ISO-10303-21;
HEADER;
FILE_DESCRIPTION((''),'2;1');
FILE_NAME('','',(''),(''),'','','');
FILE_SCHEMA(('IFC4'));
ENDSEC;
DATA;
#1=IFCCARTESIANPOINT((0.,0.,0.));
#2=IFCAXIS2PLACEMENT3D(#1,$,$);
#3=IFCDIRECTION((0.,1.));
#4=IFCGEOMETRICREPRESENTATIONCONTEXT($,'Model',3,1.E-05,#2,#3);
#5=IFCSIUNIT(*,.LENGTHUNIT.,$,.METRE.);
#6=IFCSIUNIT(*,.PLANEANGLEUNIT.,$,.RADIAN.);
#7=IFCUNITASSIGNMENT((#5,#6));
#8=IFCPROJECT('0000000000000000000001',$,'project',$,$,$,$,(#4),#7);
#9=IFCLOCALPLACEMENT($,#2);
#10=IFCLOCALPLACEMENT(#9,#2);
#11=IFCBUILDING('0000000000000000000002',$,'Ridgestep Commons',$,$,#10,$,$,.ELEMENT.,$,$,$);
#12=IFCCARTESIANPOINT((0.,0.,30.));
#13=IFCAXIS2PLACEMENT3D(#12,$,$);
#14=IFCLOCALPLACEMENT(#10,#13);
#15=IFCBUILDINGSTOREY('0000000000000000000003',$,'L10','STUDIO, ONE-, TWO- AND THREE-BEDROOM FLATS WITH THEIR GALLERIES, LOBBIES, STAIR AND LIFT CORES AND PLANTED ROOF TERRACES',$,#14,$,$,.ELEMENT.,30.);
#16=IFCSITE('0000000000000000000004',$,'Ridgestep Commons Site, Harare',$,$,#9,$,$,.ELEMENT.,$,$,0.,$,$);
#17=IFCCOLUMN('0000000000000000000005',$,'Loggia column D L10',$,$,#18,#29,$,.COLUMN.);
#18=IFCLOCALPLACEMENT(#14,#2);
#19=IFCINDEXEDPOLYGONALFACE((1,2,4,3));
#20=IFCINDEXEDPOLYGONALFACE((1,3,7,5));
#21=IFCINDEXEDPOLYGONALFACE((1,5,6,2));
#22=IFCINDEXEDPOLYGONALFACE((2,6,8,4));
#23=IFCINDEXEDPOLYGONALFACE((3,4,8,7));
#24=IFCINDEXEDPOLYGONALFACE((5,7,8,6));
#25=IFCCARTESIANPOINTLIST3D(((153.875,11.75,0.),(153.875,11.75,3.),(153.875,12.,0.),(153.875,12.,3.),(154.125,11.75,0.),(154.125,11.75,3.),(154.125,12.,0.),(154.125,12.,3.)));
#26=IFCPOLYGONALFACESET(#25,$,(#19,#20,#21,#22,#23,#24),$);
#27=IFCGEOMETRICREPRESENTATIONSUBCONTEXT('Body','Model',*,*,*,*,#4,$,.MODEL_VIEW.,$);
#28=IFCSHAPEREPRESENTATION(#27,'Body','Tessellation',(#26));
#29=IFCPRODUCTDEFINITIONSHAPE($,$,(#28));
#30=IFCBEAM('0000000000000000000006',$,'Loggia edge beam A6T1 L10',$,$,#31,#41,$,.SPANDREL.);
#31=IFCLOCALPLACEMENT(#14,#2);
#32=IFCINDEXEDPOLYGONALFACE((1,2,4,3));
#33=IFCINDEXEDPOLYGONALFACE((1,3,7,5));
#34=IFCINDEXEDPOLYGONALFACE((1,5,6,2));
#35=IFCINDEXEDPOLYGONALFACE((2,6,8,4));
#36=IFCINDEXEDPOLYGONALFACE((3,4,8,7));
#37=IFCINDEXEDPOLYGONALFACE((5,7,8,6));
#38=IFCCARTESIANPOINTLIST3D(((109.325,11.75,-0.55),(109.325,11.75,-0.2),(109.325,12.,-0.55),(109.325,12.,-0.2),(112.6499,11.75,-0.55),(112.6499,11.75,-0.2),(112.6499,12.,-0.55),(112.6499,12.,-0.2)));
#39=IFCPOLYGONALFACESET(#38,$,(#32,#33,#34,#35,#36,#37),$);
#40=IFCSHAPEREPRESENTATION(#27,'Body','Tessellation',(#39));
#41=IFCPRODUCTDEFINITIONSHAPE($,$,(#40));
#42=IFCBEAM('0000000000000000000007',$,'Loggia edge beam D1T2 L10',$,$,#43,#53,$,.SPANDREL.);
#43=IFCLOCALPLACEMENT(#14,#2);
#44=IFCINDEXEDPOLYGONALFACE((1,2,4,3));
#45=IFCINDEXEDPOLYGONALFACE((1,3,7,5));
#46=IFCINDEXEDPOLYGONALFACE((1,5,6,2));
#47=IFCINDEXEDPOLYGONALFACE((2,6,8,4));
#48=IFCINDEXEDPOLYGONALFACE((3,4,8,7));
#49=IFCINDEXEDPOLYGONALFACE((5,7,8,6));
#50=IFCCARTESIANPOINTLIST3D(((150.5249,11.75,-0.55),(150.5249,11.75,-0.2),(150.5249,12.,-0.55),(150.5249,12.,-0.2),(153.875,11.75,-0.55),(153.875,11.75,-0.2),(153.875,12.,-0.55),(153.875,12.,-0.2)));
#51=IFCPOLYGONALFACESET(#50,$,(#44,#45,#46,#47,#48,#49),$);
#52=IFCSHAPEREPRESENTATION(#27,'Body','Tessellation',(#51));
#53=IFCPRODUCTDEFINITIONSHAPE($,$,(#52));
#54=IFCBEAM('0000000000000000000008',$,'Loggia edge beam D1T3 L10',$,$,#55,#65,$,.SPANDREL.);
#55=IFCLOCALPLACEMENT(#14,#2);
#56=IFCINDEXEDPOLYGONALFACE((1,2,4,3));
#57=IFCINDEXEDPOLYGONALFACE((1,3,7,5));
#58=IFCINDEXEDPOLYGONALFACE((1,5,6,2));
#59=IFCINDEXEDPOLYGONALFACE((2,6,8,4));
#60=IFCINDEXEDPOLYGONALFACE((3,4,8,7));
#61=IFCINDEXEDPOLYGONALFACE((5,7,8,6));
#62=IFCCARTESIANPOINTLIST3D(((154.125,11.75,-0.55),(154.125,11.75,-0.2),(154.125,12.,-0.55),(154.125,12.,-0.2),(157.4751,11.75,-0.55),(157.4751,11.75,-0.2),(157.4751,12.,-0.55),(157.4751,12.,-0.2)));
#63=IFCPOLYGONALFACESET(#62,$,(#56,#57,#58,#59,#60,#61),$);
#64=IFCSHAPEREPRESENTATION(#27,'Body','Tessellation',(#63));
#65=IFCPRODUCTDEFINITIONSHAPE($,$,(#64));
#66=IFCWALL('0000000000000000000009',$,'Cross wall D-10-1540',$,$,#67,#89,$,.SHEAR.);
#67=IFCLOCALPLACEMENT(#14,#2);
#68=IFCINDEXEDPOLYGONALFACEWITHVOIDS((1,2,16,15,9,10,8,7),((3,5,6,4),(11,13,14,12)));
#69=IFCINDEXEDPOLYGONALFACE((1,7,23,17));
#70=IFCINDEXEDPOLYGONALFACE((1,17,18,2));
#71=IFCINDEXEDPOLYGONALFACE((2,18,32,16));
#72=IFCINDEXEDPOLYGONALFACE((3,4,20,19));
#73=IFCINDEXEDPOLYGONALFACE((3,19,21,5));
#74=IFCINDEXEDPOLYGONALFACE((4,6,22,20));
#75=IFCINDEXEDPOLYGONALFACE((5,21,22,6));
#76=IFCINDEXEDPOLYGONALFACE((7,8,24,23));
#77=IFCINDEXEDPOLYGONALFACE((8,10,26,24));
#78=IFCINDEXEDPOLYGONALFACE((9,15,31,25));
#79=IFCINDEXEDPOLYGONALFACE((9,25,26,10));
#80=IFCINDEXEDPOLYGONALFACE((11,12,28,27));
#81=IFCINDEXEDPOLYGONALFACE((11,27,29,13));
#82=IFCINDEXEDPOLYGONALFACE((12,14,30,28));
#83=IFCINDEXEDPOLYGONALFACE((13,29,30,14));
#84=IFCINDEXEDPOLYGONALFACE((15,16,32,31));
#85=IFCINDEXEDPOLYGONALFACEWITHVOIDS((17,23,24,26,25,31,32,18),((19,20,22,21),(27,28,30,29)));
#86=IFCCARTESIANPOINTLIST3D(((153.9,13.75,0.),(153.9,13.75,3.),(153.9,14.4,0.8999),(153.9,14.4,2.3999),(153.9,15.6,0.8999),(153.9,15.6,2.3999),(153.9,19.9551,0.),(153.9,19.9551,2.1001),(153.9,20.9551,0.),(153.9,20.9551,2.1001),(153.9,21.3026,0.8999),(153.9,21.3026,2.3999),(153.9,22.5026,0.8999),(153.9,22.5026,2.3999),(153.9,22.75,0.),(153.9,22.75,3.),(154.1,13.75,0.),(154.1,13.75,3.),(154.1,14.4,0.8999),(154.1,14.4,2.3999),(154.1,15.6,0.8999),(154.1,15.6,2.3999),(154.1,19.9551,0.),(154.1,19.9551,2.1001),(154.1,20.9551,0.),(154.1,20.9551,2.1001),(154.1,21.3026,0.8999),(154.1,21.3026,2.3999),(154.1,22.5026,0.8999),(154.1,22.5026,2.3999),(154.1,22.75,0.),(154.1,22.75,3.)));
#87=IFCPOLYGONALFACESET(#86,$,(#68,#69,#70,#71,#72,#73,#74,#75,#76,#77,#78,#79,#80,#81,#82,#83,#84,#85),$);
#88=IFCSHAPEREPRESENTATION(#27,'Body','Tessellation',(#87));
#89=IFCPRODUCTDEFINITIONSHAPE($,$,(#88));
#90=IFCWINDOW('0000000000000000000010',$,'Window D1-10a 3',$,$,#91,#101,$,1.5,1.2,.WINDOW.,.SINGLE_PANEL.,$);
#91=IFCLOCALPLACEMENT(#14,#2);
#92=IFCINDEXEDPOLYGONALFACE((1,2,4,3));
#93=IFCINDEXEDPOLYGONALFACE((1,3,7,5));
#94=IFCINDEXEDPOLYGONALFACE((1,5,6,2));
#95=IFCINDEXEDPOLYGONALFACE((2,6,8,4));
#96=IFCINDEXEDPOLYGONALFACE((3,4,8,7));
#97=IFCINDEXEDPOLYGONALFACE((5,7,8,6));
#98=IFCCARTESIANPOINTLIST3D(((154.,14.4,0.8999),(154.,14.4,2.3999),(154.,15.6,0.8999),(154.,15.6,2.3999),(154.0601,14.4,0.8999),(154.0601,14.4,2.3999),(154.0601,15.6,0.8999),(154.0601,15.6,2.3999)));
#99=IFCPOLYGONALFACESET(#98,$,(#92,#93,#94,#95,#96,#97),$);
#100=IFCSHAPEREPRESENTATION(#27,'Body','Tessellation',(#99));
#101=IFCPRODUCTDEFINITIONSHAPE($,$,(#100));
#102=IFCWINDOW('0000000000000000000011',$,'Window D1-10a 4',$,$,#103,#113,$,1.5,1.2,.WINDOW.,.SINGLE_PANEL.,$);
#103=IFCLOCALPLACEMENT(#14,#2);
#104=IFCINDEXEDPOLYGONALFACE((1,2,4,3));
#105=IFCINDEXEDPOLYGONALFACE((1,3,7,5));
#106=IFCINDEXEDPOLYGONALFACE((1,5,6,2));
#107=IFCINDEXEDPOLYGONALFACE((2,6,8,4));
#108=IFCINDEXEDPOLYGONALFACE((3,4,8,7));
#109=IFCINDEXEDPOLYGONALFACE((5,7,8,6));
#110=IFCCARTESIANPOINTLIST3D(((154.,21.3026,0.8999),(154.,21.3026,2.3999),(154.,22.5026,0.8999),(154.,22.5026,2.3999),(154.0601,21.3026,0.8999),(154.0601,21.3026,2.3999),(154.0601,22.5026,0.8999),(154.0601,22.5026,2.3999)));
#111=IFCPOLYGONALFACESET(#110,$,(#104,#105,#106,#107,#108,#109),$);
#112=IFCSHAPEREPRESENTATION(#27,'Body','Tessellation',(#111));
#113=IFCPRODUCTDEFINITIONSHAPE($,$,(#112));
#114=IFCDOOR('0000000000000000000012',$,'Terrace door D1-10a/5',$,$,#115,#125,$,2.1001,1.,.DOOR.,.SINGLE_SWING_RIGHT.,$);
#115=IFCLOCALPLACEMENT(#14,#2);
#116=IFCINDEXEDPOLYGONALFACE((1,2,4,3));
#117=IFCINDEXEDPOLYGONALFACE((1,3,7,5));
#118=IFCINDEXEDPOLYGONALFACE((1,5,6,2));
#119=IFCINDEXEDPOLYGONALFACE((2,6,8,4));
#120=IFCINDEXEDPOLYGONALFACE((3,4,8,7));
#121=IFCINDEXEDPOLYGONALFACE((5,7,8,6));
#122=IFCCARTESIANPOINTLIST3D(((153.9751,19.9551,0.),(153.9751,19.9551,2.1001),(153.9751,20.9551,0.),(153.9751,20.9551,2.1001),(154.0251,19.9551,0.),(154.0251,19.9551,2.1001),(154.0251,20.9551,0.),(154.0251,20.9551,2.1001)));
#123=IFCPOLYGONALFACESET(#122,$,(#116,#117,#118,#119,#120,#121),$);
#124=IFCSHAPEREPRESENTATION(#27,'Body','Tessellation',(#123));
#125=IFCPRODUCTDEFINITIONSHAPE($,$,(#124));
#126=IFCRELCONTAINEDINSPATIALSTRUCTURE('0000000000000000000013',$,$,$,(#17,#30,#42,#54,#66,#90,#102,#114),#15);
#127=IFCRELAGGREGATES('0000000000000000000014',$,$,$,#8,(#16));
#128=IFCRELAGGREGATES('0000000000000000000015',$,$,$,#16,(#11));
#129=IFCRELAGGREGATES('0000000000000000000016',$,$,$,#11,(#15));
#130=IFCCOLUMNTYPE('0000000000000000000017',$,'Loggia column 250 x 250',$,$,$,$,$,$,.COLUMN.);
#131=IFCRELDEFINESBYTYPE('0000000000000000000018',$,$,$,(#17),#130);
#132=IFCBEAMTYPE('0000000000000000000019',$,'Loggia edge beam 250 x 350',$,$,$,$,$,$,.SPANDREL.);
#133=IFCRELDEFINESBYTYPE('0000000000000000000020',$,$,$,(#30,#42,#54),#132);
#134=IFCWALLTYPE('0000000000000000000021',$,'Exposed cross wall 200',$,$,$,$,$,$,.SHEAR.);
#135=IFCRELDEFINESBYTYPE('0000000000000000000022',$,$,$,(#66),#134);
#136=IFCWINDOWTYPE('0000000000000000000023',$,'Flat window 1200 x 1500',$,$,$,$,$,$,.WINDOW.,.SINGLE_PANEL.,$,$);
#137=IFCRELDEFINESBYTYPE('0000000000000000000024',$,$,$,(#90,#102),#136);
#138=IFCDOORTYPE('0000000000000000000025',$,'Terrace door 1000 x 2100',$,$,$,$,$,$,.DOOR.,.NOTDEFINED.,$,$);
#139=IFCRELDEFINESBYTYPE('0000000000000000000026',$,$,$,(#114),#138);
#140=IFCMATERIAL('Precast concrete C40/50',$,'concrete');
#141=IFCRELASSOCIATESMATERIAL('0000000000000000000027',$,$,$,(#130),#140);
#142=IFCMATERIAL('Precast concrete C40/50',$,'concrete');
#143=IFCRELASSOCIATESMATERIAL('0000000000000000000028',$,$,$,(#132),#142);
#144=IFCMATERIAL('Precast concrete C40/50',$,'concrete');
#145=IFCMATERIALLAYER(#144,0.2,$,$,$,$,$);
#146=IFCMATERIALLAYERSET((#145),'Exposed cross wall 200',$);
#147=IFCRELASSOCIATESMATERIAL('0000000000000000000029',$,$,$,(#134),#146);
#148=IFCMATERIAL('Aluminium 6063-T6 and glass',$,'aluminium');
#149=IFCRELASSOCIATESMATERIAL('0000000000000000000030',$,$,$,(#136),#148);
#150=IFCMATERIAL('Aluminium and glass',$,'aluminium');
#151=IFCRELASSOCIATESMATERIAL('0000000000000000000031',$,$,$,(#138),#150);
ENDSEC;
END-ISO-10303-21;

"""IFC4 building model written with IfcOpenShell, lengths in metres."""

from ifc_helpers import new_model, si_unit, direction, frame, frame_2d, origin, origin_2d, place, context, subcontext, project, spatial, rectangle, extrude, material, layer, layer_set, material_profile, profile_set, type_object, element, fill, save


model = new_model("IFC4")

# Units and contexts
model_context = context("Model", 3, precision=1e-05, world=origin(), true_north=direction((0.0, 1.0)))
body_context = subcontext(model_context, "Body", "Model", "MODEL_VIEW")
ifc_project = project(units=[si_unit("LENGTHUNIT", "METRE"), si_unit("PLANEANGLEUNIT", "RADIAN")], contexts=[model_context])

# Site, building, storey
site_placement = place(None, origin())
site = spatial("IfcSite", under=ifc_project, at=site_placement, Name="Ridgestep Commons Site, Harare", CompositionType="ELEMENT", RefElevation=0.0)
building_placement = place(site_placement, origin())
building = spatial("IfcBuilding", under=site, at=building_placement, Name="Ridgestep Commons", CompositionType="ELEMENT")
storey_placement = place(building_placement, frame((0.0, 0.0, 30.0)))
storey = spatial("IfcBuildingStorey", under=building, at=storey_placement, Name="L10", Description="STUDIO, ONE-, TWO- AND THREE-BEDROOM FLATS WITH THEIR GALLERIES, LOBBIES, STAIR AND LIFT CORES AND PLANTED ROOF TERRACES", CompositionType="ELEMENT", Elevation=30.0)

# Column
ifc_material_1 = material(Name="Precast concrete C40/50", Category="concrete")
ifc_material_profile_1 = material_profile(ifc_material_1, rectangle(XDim=0.25, YDim=0.25, at=origin_2d()), Name="PC 250x250")
ifc_profile_set_1 = profile_set([ifc_material_profile_1], Name="Precast concrete C40/50")
column_type = type_object("IfcColumnType", Name="Loggia column 250 x 250", PredefinedType="COLUMN", material=ifc_profile_set_1)
column_placement = place(storey_placement, frame((154.0, 11.875, 0.0), z_axis=(0.0, 0.0, 1.0), x_axis=(1.0, 0.0, 0.0)))
element("IfcColumn", 1, at=column_placement, inside=storey, type_object=column_type, Name="Loggia column D L10", PredefinedType="COLUMN", context=body_context, shape_type="SweptSolid", body=[
    extrude(rectangle(XDim=0.25, YDim=0.25, at=origin_2d()), origin(), (0.0, 0.0, 1.0), 3.0),
])

# Beams
ifc_material_2 = material(Name="Precast concrete C40/50", Category="concrete")
ifc_material_profile_2 = material_profile(ifc_material_2, rectangle(XDim=0.25, YDim=0.3501, at=origin_2d()), Name="PC 250x350")
ifc_profile_set_2 = profile_set([ifc_material_profile_2], Name="Precast concrete C40/50")
beam_type = type_object("IfcBeamType", Name="Loggia edge beam 250 x 350", PredefinedType="SPANDREL", material=ifc_profile_set_2)
beam_placement = place(storey_placement, frame((109.325, 11.875, -0.375), z_axis=(1.0, 0.0, 0.0), x_axis=(0.0, 1.0, 0.0)))
element("IfcBeam", 2, at=beam_placement, inside=storey, type_object=beam_type, Name="Loggia edge beam A6T1 L10", PredefinedType="SPANDREL", context=body_context, shape_type="SweptSolid", body=[
    extrude(rectangle(XDim=0.25, YDim=0.3501, at=origin_2d()), origin(), (0.0, 0.0, 1.0), 3.325),
])
for number, where, z_axis, x_axis, name in (
    (3, (150.5249, 11.875, -0.375), (1.0, 0.0, 0.0), (0.0, 1.0, 0.0), "Loggia edge beam D1T2 L10"),
    (4, (154.125, 11.875, -0.375), (1.0, 0.0, 0.0), (0.0, 1.0, 0.0), "Loggia edge beam D1T3 L10"),
):
    element("IfcBeam", number, at=place(storey_placement, frame(where, z_axis=z_axis, x_axis=x_axis)), inside=storey, type_object=beam_type, Name=name, PredefinedType="SPANDREL", context=body_context, shape_type="SweptSolid", body=[
        extrude(rectangle(XDim=0.25, YDim=0.3501, at=origin_2d()), origin(), (0.0, 0.0, 1.0), 3.3501),
    ])

# Wall, openings, windows, door
ifc_material_3 = material(Name="Precast concrete C40/50", Category="concrete")
ifc_layer_1 = layer(ifc_material_3, 0.2)
ifc_layer_set_1 = layer_set([ifc_layer_1], Name="Exposed cross wall 200")
wall_type_1 = type_object("IfcWallType", Name="Exposed cross wall 200", PredefinedType="SHEAR", material=ifc_layer_set_1)
wall_1_placement = place(storey_placement, frame((154.0, 13.75, 0.0), z_axis=(0.0, 0.0, 1.0), x_axis=(0.0, 1.0, 0.0)))
wall_1 = element("IfcWall", 5, at=wall_1_placement, inside=storey, type_object=wall_type_1, Name="Cross wall D-10-1540", PredefinedType="SHEAR", context=body_context, shape_type="SweptSolid", body=[
    extrude(rectangle(XDim=9.0, YDim=0.2, at=frame_2d((4.5, 0.0))), origin(), (0.0, 0.0, 1.0), 3.0),
])
opening_1_placement = place(wall_1_placement, frame((0.6499, 0.0, 0.8999)))
opening_1 = element("IfcOpeningElement", 6, at=opening_1_placement, cuts=wall_1, PredefinedType="OPENING", context=body_context, shape_type="SweptSolid", body=[
    extrude(rectangle(XDim=1.2, YDim=1.5, at=frame_2d((0.6001, 0.75))), frame((0.0, 0.1099, 0.0), z_axis=(0.0, -1.0, 0.0), x_axis=(1.0, 0.0, 0.0)), (0.0, 0.0, 1.0), 0.22),
])
opening_2_placement = place(wall_1_placement, frame((7.5525, 0.0, 0.8999)))
opening_2 = element("IfcOpeningElement", 7, at=opening_2_placement, cuts=wall_1, PredefinedType="OPENING", context=body_context, shape_type="SweptSolid", body=[
    extrude(rectangle(XDim=1.2, YDim=1.5, at=frame_2d((0.6001, 0.75))), frame((0.0, 0.1099, 0.0), z_axis=(0.0, -1.0, 0.0), x_axis=(1.0, 0.0, 0.0)), (0.0, 0.0, 1.0), 0.22),
])
opening_3_placement = place(wall_1_placement, frame((6.2051, 0.0, 0.0)))
opening_3 = element("IfcOpeningElement", 8, at=opening_3_placement, cuts=wall_1, PredefinedType="OPENING", context=body_context, shape_type="SweptSolid", body=[
    extrude(rectangle(XDim=1.0, YDim=2.1001, at=frame_2d((0.5, 1.05))), frame((0.0, 0.1099, 0.0), z_axis=(0.0, -1.0, 0.0), x_axis=(1.0, 0.0, 0.0)), (0.0, 0.0, 1.0), 0.22),
])
ifc_material_4 = material(Name="Aluminium 6063-T6 and glass", Category="aluminium")
window_type_1 = type_object("IfcWindowType", Name="Flat window 1200 x 1500", PartitioningType="SINGLE_PANEL", PredefinedType="WINDOW", material=ifc_material_4)
window_1_placement = place(opening_1_placement, origin())
window_1 = element("IfcWindow", 9, at=window_1_placement, inside=storey, type_object=window_type_1, Name="Window D1-10a 3", OverallHeight=1.5, OverallWidth=1.2, PartitioningType="SINGLE_PANEL", PredefinedType="WINDOW", context=body_context, shape_type="SweptSolid", body=[
    extrude(rectangle(XDim=1.2, YDim=1.5, at=frame_2d((0.6001, 0.75))), frame((0.0, 0.0, 0.0), z_axis=(0.0, -1.0, 0.0), x_axis=(1.0, 0.0, 0.0)), (0.0, 0.0, 1.0), 0.0601),
])
fill(opening_1, window_1)
window_2_placement = place(opening_2_placement, origin())
window_2 = element("IfcWindow", 10, at=window_2_placement, inside=storey, type_object=window_type_1, Name="Window D1-10a 4", OverallHeight=1.5, OverallWidth=1.2, PartitioningType="SINGLE_PANEL", PredefinedType="WINDOW", context=body_context, shape_type="SweptSolid", body=[
    extrude(rectangle(XDim=1.2, YDim=1.5, at=frame_2d((0.6001, 0.75))), frame((0.0, 0.0, 0.0), z_axis=(0.0, -1.0, 0.0), x_axis=(1.0, 0.0, 0.0)), (0.0, 0.0, 1.0), 0.0601),
])
fill(opening_2, window_2)
ifc_material_5 = material(Name="Aluminium and glass", Category="aluminium")
door_type_1 = type_object("IfcDoorType", Name="Terrace door 1000 x 2100", OperationType="NOTDEFINED", PredefinedType="DOOR", material=ifc_material_5)
door_1_placement = place(opening_3_placement, origin())
door_1 = element("IfcDoor", 11, at=door_1_placement, inside=storey, type_object=door_type_1, Name="Terrace door D1-10a/5", OperationType="SINGLE_SWING_RIGHT", OverallHeight=2.1001, OverallWidth=1.0, PredefinedType="DOOR", context=body_context, shape_type="SweptSolid", body=[
    extrude(rectangle(XDim=1.0, YDim=2.1001, at=frame_2d((0.5, 1.05))), frame((0.0, 0.0249, 0.0), z_axis=(0.0, -1.0, 0.0), x_axis=(1.0, 0.0, 0.0)), (0.0, 0.0, 1.0), 0.05),
])
fill(opening_3, door_1)

save(model, "model.ifc")
